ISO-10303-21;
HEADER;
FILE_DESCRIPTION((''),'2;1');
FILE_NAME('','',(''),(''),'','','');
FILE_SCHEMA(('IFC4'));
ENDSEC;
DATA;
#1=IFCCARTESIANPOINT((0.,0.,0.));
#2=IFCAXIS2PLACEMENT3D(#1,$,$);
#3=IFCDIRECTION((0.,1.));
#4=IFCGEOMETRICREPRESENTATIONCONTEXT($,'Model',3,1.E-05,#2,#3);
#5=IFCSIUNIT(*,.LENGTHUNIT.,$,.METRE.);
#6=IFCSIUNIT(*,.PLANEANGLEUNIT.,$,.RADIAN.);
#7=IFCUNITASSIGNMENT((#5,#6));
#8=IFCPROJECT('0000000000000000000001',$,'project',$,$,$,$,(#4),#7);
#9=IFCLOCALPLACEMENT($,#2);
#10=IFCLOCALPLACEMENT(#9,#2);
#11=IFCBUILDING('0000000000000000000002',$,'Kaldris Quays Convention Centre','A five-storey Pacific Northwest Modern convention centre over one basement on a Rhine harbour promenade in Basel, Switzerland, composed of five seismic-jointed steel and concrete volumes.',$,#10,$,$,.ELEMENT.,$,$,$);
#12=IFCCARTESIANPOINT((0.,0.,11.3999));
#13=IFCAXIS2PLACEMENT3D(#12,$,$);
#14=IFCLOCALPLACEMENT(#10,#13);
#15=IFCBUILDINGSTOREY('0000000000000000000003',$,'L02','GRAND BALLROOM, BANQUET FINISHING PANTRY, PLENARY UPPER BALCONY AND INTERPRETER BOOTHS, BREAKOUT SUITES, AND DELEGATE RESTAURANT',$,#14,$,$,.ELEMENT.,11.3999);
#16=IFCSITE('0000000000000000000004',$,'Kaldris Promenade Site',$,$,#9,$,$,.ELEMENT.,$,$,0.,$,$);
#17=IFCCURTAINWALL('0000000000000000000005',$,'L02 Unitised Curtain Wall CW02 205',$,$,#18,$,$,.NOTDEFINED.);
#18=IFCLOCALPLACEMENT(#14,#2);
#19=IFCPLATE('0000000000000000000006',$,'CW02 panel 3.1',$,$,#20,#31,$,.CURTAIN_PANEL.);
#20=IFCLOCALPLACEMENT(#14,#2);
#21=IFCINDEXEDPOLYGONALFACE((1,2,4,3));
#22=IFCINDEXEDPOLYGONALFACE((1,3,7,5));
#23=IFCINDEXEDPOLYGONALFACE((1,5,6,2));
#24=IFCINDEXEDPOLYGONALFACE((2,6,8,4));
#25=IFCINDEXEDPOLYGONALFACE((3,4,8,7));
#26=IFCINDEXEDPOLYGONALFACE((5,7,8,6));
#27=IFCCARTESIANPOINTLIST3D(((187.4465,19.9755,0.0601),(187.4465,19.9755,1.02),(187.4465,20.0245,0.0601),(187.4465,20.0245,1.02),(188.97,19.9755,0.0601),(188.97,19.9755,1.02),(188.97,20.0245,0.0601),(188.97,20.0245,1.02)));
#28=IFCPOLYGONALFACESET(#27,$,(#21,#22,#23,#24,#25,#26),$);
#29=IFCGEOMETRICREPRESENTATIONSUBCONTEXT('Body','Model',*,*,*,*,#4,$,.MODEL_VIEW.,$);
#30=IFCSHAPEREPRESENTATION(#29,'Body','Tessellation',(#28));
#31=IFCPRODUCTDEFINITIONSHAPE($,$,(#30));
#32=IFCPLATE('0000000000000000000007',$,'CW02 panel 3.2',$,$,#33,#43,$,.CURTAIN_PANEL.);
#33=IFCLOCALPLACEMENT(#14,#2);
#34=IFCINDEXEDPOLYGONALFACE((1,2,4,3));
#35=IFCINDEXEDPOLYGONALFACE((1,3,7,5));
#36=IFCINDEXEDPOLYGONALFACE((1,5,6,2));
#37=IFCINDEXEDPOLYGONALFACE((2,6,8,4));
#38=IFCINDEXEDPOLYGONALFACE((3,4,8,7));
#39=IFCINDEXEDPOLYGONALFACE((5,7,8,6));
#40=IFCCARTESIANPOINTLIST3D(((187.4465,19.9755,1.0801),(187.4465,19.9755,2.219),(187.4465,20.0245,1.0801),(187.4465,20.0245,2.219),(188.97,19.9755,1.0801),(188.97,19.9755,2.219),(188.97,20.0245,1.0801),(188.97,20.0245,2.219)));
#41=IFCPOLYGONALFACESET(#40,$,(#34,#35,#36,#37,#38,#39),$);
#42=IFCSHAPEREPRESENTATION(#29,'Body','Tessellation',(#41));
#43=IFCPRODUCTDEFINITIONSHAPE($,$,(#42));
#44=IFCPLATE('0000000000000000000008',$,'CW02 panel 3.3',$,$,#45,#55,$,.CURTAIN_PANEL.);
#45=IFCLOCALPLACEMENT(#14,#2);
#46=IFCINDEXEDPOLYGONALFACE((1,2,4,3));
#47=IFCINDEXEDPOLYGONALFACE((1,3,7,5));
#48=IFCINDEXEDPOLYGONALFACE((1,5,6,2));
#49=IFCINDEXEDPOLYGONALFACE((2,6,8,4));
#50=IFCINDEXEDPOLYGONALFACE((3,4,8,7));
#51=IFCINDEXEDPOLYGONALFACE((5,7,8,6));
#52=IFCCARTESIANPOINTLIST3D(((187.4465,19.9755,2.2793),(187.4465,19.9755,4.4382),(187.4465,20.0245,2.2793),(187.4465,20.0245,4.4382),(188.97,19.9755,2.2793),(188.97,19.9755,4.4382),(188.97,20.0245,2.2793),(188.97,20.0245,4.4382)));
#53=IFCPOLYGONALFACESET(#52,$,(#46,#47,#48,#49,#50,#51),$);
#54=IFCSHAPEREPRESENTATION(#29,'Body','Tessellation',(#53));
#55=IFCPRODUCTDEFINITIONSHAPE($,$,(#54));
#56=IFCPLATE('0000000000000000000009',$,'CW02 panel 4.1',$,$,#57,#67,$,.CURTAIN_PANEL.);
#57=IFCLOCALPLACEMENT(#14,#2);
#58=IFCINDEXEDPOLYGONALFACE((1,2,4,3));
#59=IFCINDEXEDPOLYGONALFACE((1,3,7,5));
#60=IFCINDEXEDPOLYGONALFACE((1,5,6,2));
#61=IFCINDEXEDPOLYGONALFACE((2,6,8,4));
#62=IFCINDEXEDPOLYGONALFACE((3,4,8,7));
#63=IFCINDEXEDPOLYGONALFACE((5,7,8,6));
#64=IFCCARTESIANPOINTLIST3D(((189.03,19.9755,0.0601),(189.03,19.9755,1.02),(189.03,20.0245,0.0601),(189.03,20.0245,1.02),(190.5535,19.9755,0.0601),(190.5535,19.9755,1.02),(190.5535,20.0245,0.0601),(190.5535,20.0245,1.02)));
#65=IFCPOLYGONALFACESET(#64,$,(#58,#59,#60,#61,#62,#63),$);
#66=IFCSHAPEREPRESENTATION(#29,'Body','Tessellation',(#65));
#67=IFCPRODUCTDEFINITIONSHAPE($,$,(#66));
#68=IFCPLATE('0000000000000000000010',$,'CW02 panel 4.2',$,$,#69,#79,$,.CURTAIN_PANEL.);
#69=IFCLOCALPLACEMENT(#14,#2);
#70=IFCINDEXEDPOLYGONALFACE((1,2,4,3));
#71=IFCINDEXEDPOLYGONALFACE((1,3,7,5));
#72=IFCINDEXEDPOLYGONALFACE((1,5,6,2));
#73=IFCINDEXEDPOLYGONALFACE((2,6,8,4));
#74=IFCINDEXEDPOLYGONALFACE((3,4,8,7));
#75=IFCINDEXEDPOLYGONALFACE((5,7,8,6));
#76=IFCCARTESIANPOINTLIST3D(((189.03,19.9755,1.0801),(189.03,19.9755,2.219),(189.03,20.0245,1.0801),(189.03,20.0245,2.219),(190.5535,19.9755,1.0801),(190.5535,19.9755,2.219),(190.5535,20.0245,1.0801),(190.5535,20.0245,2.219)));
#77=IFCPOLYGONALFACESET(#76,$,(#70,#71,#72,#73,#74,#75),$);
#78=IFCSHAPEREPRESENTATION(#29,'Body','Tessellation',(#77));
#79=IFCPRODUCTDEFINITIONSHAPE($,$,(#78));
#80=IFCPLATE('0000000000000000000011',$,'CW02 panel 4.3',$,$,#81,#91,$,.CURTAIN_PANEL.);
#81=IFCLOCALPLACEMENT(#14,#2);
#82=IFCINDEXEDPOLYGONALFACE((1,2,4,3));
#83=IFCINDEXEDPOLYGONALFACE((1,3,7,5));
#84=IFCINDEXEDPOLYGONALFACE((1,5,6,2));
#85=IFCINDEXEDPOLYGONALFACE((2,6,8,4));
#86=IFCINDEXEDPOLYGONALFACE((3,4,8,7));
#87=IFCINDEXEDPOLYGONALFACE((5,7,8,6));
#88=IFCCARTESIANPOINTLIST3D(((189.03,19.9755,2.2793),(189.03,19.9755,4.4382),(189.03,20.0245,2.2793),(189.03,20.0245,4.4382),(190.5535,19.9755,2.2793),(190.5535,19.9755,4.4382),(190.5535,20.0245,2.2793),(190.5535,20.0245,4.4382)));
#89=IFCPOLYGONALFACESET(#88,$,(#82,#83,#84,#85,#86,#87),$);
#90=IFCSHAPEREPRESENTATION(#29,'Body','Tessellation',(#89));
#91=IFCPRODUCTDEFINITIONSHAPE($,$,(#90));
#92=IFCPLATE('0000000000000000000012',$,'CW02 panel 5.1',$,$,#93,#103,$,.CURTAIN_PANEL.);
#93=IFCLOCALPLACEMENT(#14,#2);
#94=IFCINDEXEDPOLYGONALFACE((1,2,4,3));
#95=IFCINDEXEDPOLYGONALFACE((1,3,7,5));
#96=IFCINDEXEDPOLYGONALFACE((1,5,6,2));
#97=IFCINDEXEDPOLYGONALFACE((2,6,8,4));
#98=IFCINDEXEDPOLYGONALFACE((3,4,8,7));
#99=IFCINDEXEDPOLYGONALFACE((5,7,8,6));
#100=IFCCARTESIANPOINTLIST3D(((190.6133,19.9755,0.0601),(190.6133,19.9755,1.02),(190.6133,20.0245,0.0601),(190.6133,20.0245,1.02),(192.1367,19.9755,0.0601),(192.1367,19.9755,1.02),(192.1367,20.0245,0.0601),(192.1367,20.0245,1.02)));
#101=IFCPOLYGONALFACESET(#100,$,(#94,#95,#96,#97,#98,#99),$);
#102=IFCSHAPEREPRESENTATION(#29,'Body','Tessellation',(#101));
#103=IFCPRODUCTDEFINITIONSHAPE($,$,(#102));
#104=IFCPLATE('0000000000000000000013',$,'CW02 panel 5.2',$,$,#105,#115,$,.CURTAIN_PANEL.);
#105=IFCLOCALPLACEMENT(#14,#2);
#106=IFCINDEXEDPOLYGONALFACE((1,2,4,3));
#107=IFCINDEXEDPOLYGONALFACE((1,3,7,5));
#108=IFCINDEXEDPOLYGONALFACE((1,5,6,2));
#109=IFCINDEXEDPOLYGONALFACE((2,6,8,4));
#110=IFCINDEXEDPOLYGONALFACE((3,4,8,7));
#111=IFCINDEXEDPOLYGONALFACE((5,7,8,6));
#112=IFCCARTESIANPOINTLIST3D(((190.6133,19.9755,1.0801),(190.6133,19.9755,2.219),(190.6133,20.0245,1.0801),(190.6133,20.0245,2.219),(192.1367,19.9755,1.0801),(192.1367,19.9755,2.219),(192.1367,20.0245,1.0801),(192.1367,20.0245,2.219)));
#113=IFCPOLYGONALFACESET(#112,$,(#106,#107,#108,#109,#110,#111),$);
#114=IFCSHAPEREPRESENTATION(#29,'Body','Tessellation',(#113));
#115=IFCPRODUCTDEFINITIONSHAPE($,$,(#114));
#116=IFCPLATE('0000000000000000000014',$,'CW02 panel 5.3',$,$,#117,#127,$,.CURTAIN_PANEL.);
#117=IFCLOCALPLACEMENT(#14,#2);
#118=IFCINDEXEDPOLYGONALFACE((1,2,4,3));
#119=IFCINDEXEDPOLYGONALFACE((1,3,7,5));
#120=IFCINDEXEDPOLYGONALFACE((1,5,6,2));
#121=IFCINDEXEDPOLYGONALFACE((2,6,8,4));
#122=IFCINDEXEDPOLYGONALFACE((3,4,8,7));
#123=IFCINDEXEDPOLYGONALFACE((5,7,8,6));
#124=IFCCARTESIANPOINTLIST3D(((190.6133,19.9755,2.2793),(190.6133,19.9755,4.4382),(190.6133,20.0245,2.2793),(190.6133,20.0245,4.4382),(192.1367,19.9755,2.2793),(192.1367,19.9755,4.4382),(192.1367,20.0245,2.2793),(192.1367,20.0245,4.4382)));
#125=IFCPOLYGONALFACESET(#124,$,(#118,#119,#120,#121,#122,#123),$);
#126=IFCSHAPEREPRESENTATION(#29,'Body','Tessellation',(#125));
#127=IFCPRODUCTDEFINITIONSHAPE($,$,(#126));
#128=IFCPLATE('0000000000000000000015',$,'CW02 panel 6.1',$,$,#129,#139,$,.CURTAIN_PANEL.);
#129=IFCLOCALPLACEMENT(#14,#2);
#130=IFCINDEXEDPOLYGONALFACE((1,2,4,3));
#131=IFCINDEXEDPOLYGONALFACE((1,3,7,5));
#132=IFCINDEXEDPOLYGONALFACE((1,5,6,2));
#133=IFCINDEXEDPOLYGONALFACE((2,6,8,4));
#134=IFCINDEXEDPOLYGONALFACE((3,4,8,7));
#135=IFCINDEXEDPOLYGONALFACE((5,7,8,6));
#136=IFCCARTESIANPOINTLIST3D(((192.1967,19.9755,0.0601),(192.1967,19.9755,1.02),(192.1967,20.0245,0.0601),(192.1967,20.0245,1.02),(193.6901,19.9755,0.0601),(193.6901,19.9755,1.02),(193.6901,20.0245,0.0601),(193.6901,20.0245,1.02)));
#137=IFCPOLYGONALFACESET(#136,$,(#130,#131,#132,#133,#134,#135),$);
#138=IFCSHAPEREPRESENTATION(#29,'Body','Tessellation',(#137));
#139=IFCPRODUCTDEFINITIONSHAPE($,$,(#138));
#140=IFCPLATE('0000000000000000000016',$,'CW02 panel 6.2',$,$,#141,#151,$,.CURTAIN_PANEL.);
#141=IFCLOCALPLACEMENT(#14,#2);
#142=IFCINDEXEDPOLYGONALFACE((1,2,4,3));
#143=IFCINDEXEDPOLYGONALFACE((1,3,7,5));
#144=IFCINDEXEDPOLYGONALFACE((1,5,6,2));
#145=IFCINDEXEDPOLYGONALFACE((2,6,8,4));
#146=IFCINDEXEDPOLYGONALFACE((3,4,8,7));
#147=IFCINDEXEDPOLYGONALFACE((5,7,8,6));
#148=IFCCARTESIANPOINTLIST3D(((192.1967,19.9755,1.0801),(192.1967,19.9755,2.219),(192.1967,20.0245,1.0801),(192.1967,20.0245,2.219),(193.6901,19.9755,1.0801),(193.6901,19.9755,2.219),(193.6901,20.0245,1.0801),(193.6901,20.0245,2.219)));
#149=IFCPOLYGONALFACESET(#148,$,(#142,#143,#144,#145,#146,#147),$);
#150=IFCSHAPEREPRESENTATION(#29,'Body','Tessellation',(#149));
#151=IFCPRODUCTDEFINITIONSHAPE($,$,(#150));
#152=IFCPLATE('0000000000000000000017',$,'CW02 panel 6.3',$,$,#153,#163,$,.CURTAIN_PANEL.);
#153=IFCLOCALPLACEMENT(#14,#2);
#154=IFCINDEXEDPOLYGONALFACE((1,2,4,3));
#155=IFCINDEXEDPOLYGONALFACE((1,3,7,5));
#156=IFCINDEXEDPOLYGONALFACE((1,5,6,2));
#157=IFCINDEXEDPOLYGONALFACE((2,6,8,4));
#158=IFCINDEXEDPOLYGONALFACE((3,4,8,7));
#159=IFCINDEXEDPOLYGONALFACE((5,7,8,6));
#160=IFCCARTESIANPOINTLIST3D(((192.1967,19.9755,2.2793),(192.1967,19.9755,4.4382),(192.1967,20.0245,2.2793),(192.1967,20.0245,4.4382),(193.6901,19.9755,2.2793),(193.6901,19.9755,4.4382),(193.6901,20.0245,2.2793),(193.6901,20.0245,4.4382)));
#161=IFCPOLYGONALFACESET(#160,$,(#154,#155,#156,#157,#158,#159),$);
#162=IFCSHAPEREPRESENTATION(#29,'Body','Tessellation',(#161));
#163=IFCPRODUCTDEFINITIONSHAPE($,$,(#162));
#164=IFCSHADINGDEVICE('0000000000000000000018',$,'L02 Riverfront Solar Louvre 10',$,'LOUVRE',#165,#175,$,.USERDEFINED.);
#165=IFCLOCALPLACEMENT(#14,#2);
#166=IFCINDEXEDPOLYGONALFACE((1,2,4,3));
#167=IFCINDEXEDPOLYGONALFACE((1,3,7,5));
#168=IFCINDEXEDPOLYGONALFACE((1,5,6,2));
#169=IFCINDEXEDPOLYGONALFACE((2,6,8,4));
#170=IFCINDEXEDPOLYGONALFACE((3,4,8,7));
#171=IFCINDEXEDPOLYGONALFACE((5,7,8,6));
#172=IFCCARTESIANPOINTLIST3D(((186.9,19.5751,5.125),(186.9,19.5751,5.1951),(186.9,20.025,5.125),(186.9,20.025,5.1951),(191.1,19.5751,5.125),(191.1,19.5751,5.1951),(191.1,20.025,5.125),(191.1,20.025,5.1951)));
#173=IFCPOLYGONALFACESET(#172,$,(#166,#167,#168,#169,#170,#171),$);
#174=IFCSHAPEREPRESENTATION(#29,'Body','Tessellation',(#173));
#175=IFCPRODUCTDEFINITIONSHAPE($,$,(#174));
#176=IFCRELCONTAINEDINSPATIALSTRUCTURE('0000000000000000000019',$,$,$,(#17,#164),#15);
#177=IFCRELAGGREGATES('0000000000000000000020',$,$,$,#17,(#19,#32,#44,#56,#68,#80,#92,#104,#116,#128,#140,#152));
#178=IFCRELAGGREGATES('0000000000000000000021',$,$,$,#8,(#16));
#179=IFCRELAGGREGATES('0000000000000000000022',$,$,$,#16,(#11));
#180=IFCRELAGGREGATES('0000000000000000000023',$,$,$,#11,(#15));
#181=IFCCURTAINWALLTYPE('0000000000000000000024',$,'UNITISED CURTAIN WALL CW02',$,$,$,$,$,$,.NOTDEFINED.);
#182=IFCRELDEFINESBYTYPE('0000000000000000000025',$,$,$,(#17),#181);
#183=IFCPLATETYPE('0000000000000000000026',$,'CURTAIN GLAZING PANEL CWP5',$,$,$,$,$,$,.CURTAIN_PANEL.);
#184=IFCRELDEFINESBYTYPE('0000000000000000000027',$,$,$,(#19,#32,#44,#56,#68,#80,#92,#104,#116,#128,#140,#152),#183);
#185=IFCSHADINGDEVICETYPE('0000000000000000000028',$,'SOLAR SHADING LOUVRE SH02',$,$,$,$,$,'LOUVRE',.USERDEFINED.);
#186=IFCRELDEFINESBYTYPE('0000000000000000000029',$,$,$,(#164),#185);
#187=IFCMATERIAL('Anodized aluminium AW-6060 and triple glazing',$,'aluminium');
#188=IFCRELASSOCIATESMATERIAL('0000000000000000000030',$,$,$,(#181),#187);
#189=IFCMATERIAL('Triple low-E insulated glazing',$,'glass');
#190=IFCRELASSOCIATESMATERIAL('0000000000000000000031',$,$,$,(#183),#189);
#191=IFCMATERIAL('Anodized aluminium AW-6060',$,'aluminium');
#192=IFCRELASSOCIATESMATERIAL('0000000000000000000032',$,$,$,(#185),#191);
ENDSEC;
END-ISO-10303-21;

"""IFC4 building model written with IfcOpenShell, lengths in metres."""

from ifc_helpers import new_model, si_unit, direction, frame, origin, origin_2d, place, context, subcontext, project, spatial, rectangle, extrude, material, type_object, element, aggregate, save


model = new_model("IFC4")

# Units and contexts
model_context = context("Model", 3, precision=1e-05, world=origin(), true_north=direction((0.0, 1.0)))
body_context = subcontext(model_context, "Body", "Model", "MODEL_VIEW")
ifc_project = project(units=[si_unit("LENGTHUNIT", "METRE"), si_unit("PLANEANGLEUNIT", "RADIAN")], contexts=[model_context])

# Site, building, storey
site_placement = place(None, origin())
site = spatial("IfcSite", under=ifc_project, at=site_placement, Name="Kaldris Promenade Site", CompositionType="ELEMENT", RefElevation=0.0)
building_placement = place(site_placement, origin())
building = spatial("IfcBuilding", under=site, at=building_placement, Name="Kaldris Quays Convention Centre", Description="A five-storey Pacific Northwest Modern convention centre over one basement on a Rhine harbour promenade in Basel, Switzerland, composed of five seismic-jointed steel and concrete volumes.", CompositionType="ELEMENT")
storey_placement = place(building_placement, frame((0.0, 0.0, 11.3999)))
storey = spatial("IfcBuildingStorey", under=building, at=storey_placement, Name="L02", Description="GRAND BALLROOM, BANQUET FINISHING PANTRY, PLENARY UPPER BALCONY AND INTERPRETER BOOTHS, BREAKOUT SUITES, AND DELEGATE RESTAURANT", CompositionType="ELEMENT", Elevation=11.3999)

# Curtain wall
ifc_material_1 = material(Name="Anodized aluminium AW-6060 and triple glazing", Category="aluminium")
curtain_wall_type = type_object("IfcCurtainWallType", Name="UNITISED CURTAIN WALL CW02", PredefinedType="NOTDEFINED", material=ifc_material_1)
curtain_wall_placement = place(storey_placement, origin())
curtain_wall = element("IfcCurtainWall", 1, at=curtain_wall_placement, inside=storey, type_object=curtain_wall_type, Name="L02 Unitised Curtain Wall CW02 205", PredefinedType="NOTDEFINED")
ifc_material_2 = material(Name="Anodized aluminium AW-6060", Category="aluminium")

# Plates
ifc_material_3 = material(Name="Triple low-E insulated glazing", Category="glass")
plate_type = type_object("IfcPlateType", Name="CURTAIN GLAZING PANEL CWP5", PredefinedType="CURTAIN_PANEL", material=ifc_material_3)
plate_1_placement = place(storey_placement, frame((188.2083, 20.0, 0.0601), z_axis=(0.0, 0.0, 1.0), x_axis=(1.0, 0.0, 0.0)))
plate_1 = element("IfcPlate", 2, at=plate_1_placement, type_object=plate_type, Name="CW02 panel 3.1", PredefinedType="CURTAIN_PANEL", context=body_context, shape_type="SweptSolid", body=[
    extrude(rectangle(XDim=1.5234, YDim=0.0491, at=origin_2d()), origin(), (0.0, 0.0, 1.0), 0.96),
])
plate_2_placement = place(storey_placement, frame((188.2083, 20.0, 1.0801), z_axis=(0.0, 0.0, 1.0), x_axis=(1.0, 0.0, 0.0)))
plate_2 = element("IfcPlate", 3, at=plate_2_placement, type_object=plate_type, Name="CW02 panel 3.2", PredefinedType="CURTAIN_PANEL", context=body_context, shape_type="SweptSolid", body=[
    extrude(rectangle(XDim=1.5234, YDim=0.0491, at=origin_2d()), origin(), (0.0, 0.0, 1.0), 1.1389),
])
plate_3_placement = place(storey_placement, frame((188.2083, 20.0, 2.2793), z_axis=(0.0, 0.0, 1.0), x_axis=(1.0, 0.0, 0.0)))
plate_3 = element("IfcPlate", 4, at=plate_3_placement, type_object=plate_type, Name="CW02 panel 3.3", PredefinedType="CURTAIN_PANEL", context=body_context, shape_type="SweptSolid", body=[
    extrude(rectangle(XDim=1.5234, YDim=0.0491, at=origin_2d()), origin(), (0.0, 0.0, 1.0), 2.1589),
])
plate_4_placement = place(storey_placement, frame((189.7917, 20.0, 0.0601), z_axis=(0.0, 0.0, 1.0), x_axis=(1.0, 0.0, 0.0)))
plate_4 = element("IfcPlate", 5, at=plate_4_placement, type_object=plate_type, Name="CW02 panel 4.1", PredefinedType="CURTAIN_PANEL", context=body_context, shape_type="SweptSolid", body=[
    extrude(rectangle(XDim=1.5234, YDim=0.0491, at=origin_2d()), origin(), (0.0, 0.0, 1.0), 0.96),
])
plate_5_placement = place(storey_placement, frame((189.7917, 20.0, 1.0801), z_axis=(0.0, 0.0, 1.0), x_axis=(1.0, 0.0, 0.0)))
plate_5 = element("IfcPlate", 6, at=plate_5_placement, type_object=plate_type, Name="CW02 panel 4.2", PredefinedType="CURTAIN_PANEL", context=body_context, shape_type="SweptSolid", body=[
    extrude(rectangle(XDim=1.5234, YDim=0.0491, at=origin_2d()), origin(), (0.0, 0.0, 1.0), 1.1389),
])
plate_6_placement = place(storey_placement, frame((189.7917, 20.0, 2.2793), z_axis=(0.0, 0.0, 1.0), x_axis=(1.0, 0.0, 0.0)))
plate_6 = element("IfcPlate", 7, at=plate_6_placement, type_object=plate_type, Name="CW02 panel 4.3", PredefinedType="CURTAIN_PANEL", context=body_context, shape_type="SweptSolid", body=[
    extrude(rectangle(XDim=1.5234, YDim=0.0491, at=origin_2d()), origin(), (0.0, 0.0, 1.0), 2.1589),
])
plate_7_placement = place(storey_placement, frame((191.375, 20.0, 0.0601), z_axis=(0.0, 0.0, 1.0), x_axis=(1.0, 0.0, 0.0)))
plate_7 = element("IfcPlate", 8, at=plate_7_placement, type_object=plate_type, Name="CW02 panel 5.1", PredefinedType="CURTAIN_PANEL", context=body_context, shape_type="SweptSolid", body=[
    extrude(rectangle(XDim=1.5234, YDim=0.0491, at=origin_2d()), origin(), (0.0, 0.0, 1.0), 0.96),
])
plate_8_placement = place(storey_placement, frame((191.375, 20.0, 1.0801), z_axis=(0.0, 0.0, 1.0), x_axis=(1.0, 0.0, 0.0)))
plate_8 = element("IfcPlate", 9, at=plate_8_placement, type_object=plate_type, Name="CW02 panel 5.2", PredefinedType="CURTAIN_PANEL", context=body_context, shape_type="SweptSolid", body=[
    extrude(rectangle(XDim=1.5234, YDim=0.0491, at=origin_2d()), origin(), (0.0, 0.0, 1.0), 1.1389),
])
plate_9_placement = place(storey_placement, frame((191.375, 20.0, 2.2793), z_axis=(0.0, 0.0, 1.0), x_axis=(1.0, 0.0, 0.0)))
plate_9 = element("IfcPlate", 10, at=plate_9_placement, type_object=plate_type, Name="CW02 panel 5.3", PredefinedType="CURTAIN_PANEL", context=body_context, shape_type="SweptSolid", body=[
    extrude(rectangle(XDim=1.5234, YDim=0.0491, at=origin_2d()), origin(), (0.0, 0.0, 1.0), 2.1589),
])
plate_10_placement = place(storey_placement, frame((192.9434, 20.0, 0.0601), z_axis=(0.0, 0.0, 1.0), x_axis=(1.0, 0.0, 0.0)))
plate_10 = element("IfcPlate", 11, at=plate_10_placement, type_object=plate_type, Name="CW02 panel 6.1", PredefinedType="CURTAIN_PANEL", context=body_context, shape_type="SweptSolid", body=[
    extrude(rectangle(XDim=1.4934, YDim=0.0491, at=origin_2d()), origin(), (0.0, 0.0, 1.0), 0.96),
])
plate_11_placement = place(storey_placement, frame((192.9434, 20.0, 1.0801), z_axis=(0.0, 0.0, 1.0), x_axis=(1.0, 0.0, 0.0)))
plate_11 = element("IfcPlate", 12, at=plate_11_placement, type_object=plate_type, Name="CW02 panel 6.2", PredefinedType="CURTAIN_PANEL", context=body_context, shape_type="SweptSolid", body=[
    extrude(rectangle(XDim=1.4934, YDim=0.0491, at=origin_2d()), origin(), (0.0, 0.0, 1.0), 1.1389),
])
plate_12_placement = place(storey_placement, frame((192.9434, 20.0, 2.2793), z_axis=(0.0, 0.0, 1.0), x_axis=(1.0, 0.0, 0.0)))
plate_12 = element("IfcPlate", 13, at=plate_12_placement, type_object=plate_type, Name="CW02 panel 6.3", PredefinedType="CURTAIN_PANEL", context=body_context, shape_type="SweptSolid", body=[
    extrude(rectangle(XDim=1.4934, YDim=0.0491, at=origin_2d()), origin(), (0.0, 0.0, 1.0), 2.1589),
])
aggregate(curtain_wall, [plate_1, plate_2, plate_3, plate_4, plate_5, plate_6, plate_7, plate_8, plate_9, plate_10, plate_11, plate_12])

# Shading device
shading_device_type = type_object("IfcShadingDeviceType", Name="SOLAR SHADING LOUVRE SH02", ElementType="LOUVRE", PredefinedType="USERDEFINED", material=ifc_material_2)
shading_device_placement = place(storey_placement, frame((189.0, 19.8, 5.125), z_axis=(0.0, 0.0, 1.0), x_axis=(1.0, 0.0, 0.0)))
element("IfcShadingDevice", 14, at=shading_device_placement, inside=storey, type_object=shading_device_type, Name="L02 Riverfront Solar Louvre 10", ObjectType="LOUVRE", PredefinedType="USERDEFINED", context=body_context, shape_type="SweptSolid", body=[
    extrude(rectangle(XDim=4.2, YDim=0.45, at=origin_2d()), origin(), (0.0, 0.0, 1.0), 0.0701),
])

save(model, "model.ifc")
